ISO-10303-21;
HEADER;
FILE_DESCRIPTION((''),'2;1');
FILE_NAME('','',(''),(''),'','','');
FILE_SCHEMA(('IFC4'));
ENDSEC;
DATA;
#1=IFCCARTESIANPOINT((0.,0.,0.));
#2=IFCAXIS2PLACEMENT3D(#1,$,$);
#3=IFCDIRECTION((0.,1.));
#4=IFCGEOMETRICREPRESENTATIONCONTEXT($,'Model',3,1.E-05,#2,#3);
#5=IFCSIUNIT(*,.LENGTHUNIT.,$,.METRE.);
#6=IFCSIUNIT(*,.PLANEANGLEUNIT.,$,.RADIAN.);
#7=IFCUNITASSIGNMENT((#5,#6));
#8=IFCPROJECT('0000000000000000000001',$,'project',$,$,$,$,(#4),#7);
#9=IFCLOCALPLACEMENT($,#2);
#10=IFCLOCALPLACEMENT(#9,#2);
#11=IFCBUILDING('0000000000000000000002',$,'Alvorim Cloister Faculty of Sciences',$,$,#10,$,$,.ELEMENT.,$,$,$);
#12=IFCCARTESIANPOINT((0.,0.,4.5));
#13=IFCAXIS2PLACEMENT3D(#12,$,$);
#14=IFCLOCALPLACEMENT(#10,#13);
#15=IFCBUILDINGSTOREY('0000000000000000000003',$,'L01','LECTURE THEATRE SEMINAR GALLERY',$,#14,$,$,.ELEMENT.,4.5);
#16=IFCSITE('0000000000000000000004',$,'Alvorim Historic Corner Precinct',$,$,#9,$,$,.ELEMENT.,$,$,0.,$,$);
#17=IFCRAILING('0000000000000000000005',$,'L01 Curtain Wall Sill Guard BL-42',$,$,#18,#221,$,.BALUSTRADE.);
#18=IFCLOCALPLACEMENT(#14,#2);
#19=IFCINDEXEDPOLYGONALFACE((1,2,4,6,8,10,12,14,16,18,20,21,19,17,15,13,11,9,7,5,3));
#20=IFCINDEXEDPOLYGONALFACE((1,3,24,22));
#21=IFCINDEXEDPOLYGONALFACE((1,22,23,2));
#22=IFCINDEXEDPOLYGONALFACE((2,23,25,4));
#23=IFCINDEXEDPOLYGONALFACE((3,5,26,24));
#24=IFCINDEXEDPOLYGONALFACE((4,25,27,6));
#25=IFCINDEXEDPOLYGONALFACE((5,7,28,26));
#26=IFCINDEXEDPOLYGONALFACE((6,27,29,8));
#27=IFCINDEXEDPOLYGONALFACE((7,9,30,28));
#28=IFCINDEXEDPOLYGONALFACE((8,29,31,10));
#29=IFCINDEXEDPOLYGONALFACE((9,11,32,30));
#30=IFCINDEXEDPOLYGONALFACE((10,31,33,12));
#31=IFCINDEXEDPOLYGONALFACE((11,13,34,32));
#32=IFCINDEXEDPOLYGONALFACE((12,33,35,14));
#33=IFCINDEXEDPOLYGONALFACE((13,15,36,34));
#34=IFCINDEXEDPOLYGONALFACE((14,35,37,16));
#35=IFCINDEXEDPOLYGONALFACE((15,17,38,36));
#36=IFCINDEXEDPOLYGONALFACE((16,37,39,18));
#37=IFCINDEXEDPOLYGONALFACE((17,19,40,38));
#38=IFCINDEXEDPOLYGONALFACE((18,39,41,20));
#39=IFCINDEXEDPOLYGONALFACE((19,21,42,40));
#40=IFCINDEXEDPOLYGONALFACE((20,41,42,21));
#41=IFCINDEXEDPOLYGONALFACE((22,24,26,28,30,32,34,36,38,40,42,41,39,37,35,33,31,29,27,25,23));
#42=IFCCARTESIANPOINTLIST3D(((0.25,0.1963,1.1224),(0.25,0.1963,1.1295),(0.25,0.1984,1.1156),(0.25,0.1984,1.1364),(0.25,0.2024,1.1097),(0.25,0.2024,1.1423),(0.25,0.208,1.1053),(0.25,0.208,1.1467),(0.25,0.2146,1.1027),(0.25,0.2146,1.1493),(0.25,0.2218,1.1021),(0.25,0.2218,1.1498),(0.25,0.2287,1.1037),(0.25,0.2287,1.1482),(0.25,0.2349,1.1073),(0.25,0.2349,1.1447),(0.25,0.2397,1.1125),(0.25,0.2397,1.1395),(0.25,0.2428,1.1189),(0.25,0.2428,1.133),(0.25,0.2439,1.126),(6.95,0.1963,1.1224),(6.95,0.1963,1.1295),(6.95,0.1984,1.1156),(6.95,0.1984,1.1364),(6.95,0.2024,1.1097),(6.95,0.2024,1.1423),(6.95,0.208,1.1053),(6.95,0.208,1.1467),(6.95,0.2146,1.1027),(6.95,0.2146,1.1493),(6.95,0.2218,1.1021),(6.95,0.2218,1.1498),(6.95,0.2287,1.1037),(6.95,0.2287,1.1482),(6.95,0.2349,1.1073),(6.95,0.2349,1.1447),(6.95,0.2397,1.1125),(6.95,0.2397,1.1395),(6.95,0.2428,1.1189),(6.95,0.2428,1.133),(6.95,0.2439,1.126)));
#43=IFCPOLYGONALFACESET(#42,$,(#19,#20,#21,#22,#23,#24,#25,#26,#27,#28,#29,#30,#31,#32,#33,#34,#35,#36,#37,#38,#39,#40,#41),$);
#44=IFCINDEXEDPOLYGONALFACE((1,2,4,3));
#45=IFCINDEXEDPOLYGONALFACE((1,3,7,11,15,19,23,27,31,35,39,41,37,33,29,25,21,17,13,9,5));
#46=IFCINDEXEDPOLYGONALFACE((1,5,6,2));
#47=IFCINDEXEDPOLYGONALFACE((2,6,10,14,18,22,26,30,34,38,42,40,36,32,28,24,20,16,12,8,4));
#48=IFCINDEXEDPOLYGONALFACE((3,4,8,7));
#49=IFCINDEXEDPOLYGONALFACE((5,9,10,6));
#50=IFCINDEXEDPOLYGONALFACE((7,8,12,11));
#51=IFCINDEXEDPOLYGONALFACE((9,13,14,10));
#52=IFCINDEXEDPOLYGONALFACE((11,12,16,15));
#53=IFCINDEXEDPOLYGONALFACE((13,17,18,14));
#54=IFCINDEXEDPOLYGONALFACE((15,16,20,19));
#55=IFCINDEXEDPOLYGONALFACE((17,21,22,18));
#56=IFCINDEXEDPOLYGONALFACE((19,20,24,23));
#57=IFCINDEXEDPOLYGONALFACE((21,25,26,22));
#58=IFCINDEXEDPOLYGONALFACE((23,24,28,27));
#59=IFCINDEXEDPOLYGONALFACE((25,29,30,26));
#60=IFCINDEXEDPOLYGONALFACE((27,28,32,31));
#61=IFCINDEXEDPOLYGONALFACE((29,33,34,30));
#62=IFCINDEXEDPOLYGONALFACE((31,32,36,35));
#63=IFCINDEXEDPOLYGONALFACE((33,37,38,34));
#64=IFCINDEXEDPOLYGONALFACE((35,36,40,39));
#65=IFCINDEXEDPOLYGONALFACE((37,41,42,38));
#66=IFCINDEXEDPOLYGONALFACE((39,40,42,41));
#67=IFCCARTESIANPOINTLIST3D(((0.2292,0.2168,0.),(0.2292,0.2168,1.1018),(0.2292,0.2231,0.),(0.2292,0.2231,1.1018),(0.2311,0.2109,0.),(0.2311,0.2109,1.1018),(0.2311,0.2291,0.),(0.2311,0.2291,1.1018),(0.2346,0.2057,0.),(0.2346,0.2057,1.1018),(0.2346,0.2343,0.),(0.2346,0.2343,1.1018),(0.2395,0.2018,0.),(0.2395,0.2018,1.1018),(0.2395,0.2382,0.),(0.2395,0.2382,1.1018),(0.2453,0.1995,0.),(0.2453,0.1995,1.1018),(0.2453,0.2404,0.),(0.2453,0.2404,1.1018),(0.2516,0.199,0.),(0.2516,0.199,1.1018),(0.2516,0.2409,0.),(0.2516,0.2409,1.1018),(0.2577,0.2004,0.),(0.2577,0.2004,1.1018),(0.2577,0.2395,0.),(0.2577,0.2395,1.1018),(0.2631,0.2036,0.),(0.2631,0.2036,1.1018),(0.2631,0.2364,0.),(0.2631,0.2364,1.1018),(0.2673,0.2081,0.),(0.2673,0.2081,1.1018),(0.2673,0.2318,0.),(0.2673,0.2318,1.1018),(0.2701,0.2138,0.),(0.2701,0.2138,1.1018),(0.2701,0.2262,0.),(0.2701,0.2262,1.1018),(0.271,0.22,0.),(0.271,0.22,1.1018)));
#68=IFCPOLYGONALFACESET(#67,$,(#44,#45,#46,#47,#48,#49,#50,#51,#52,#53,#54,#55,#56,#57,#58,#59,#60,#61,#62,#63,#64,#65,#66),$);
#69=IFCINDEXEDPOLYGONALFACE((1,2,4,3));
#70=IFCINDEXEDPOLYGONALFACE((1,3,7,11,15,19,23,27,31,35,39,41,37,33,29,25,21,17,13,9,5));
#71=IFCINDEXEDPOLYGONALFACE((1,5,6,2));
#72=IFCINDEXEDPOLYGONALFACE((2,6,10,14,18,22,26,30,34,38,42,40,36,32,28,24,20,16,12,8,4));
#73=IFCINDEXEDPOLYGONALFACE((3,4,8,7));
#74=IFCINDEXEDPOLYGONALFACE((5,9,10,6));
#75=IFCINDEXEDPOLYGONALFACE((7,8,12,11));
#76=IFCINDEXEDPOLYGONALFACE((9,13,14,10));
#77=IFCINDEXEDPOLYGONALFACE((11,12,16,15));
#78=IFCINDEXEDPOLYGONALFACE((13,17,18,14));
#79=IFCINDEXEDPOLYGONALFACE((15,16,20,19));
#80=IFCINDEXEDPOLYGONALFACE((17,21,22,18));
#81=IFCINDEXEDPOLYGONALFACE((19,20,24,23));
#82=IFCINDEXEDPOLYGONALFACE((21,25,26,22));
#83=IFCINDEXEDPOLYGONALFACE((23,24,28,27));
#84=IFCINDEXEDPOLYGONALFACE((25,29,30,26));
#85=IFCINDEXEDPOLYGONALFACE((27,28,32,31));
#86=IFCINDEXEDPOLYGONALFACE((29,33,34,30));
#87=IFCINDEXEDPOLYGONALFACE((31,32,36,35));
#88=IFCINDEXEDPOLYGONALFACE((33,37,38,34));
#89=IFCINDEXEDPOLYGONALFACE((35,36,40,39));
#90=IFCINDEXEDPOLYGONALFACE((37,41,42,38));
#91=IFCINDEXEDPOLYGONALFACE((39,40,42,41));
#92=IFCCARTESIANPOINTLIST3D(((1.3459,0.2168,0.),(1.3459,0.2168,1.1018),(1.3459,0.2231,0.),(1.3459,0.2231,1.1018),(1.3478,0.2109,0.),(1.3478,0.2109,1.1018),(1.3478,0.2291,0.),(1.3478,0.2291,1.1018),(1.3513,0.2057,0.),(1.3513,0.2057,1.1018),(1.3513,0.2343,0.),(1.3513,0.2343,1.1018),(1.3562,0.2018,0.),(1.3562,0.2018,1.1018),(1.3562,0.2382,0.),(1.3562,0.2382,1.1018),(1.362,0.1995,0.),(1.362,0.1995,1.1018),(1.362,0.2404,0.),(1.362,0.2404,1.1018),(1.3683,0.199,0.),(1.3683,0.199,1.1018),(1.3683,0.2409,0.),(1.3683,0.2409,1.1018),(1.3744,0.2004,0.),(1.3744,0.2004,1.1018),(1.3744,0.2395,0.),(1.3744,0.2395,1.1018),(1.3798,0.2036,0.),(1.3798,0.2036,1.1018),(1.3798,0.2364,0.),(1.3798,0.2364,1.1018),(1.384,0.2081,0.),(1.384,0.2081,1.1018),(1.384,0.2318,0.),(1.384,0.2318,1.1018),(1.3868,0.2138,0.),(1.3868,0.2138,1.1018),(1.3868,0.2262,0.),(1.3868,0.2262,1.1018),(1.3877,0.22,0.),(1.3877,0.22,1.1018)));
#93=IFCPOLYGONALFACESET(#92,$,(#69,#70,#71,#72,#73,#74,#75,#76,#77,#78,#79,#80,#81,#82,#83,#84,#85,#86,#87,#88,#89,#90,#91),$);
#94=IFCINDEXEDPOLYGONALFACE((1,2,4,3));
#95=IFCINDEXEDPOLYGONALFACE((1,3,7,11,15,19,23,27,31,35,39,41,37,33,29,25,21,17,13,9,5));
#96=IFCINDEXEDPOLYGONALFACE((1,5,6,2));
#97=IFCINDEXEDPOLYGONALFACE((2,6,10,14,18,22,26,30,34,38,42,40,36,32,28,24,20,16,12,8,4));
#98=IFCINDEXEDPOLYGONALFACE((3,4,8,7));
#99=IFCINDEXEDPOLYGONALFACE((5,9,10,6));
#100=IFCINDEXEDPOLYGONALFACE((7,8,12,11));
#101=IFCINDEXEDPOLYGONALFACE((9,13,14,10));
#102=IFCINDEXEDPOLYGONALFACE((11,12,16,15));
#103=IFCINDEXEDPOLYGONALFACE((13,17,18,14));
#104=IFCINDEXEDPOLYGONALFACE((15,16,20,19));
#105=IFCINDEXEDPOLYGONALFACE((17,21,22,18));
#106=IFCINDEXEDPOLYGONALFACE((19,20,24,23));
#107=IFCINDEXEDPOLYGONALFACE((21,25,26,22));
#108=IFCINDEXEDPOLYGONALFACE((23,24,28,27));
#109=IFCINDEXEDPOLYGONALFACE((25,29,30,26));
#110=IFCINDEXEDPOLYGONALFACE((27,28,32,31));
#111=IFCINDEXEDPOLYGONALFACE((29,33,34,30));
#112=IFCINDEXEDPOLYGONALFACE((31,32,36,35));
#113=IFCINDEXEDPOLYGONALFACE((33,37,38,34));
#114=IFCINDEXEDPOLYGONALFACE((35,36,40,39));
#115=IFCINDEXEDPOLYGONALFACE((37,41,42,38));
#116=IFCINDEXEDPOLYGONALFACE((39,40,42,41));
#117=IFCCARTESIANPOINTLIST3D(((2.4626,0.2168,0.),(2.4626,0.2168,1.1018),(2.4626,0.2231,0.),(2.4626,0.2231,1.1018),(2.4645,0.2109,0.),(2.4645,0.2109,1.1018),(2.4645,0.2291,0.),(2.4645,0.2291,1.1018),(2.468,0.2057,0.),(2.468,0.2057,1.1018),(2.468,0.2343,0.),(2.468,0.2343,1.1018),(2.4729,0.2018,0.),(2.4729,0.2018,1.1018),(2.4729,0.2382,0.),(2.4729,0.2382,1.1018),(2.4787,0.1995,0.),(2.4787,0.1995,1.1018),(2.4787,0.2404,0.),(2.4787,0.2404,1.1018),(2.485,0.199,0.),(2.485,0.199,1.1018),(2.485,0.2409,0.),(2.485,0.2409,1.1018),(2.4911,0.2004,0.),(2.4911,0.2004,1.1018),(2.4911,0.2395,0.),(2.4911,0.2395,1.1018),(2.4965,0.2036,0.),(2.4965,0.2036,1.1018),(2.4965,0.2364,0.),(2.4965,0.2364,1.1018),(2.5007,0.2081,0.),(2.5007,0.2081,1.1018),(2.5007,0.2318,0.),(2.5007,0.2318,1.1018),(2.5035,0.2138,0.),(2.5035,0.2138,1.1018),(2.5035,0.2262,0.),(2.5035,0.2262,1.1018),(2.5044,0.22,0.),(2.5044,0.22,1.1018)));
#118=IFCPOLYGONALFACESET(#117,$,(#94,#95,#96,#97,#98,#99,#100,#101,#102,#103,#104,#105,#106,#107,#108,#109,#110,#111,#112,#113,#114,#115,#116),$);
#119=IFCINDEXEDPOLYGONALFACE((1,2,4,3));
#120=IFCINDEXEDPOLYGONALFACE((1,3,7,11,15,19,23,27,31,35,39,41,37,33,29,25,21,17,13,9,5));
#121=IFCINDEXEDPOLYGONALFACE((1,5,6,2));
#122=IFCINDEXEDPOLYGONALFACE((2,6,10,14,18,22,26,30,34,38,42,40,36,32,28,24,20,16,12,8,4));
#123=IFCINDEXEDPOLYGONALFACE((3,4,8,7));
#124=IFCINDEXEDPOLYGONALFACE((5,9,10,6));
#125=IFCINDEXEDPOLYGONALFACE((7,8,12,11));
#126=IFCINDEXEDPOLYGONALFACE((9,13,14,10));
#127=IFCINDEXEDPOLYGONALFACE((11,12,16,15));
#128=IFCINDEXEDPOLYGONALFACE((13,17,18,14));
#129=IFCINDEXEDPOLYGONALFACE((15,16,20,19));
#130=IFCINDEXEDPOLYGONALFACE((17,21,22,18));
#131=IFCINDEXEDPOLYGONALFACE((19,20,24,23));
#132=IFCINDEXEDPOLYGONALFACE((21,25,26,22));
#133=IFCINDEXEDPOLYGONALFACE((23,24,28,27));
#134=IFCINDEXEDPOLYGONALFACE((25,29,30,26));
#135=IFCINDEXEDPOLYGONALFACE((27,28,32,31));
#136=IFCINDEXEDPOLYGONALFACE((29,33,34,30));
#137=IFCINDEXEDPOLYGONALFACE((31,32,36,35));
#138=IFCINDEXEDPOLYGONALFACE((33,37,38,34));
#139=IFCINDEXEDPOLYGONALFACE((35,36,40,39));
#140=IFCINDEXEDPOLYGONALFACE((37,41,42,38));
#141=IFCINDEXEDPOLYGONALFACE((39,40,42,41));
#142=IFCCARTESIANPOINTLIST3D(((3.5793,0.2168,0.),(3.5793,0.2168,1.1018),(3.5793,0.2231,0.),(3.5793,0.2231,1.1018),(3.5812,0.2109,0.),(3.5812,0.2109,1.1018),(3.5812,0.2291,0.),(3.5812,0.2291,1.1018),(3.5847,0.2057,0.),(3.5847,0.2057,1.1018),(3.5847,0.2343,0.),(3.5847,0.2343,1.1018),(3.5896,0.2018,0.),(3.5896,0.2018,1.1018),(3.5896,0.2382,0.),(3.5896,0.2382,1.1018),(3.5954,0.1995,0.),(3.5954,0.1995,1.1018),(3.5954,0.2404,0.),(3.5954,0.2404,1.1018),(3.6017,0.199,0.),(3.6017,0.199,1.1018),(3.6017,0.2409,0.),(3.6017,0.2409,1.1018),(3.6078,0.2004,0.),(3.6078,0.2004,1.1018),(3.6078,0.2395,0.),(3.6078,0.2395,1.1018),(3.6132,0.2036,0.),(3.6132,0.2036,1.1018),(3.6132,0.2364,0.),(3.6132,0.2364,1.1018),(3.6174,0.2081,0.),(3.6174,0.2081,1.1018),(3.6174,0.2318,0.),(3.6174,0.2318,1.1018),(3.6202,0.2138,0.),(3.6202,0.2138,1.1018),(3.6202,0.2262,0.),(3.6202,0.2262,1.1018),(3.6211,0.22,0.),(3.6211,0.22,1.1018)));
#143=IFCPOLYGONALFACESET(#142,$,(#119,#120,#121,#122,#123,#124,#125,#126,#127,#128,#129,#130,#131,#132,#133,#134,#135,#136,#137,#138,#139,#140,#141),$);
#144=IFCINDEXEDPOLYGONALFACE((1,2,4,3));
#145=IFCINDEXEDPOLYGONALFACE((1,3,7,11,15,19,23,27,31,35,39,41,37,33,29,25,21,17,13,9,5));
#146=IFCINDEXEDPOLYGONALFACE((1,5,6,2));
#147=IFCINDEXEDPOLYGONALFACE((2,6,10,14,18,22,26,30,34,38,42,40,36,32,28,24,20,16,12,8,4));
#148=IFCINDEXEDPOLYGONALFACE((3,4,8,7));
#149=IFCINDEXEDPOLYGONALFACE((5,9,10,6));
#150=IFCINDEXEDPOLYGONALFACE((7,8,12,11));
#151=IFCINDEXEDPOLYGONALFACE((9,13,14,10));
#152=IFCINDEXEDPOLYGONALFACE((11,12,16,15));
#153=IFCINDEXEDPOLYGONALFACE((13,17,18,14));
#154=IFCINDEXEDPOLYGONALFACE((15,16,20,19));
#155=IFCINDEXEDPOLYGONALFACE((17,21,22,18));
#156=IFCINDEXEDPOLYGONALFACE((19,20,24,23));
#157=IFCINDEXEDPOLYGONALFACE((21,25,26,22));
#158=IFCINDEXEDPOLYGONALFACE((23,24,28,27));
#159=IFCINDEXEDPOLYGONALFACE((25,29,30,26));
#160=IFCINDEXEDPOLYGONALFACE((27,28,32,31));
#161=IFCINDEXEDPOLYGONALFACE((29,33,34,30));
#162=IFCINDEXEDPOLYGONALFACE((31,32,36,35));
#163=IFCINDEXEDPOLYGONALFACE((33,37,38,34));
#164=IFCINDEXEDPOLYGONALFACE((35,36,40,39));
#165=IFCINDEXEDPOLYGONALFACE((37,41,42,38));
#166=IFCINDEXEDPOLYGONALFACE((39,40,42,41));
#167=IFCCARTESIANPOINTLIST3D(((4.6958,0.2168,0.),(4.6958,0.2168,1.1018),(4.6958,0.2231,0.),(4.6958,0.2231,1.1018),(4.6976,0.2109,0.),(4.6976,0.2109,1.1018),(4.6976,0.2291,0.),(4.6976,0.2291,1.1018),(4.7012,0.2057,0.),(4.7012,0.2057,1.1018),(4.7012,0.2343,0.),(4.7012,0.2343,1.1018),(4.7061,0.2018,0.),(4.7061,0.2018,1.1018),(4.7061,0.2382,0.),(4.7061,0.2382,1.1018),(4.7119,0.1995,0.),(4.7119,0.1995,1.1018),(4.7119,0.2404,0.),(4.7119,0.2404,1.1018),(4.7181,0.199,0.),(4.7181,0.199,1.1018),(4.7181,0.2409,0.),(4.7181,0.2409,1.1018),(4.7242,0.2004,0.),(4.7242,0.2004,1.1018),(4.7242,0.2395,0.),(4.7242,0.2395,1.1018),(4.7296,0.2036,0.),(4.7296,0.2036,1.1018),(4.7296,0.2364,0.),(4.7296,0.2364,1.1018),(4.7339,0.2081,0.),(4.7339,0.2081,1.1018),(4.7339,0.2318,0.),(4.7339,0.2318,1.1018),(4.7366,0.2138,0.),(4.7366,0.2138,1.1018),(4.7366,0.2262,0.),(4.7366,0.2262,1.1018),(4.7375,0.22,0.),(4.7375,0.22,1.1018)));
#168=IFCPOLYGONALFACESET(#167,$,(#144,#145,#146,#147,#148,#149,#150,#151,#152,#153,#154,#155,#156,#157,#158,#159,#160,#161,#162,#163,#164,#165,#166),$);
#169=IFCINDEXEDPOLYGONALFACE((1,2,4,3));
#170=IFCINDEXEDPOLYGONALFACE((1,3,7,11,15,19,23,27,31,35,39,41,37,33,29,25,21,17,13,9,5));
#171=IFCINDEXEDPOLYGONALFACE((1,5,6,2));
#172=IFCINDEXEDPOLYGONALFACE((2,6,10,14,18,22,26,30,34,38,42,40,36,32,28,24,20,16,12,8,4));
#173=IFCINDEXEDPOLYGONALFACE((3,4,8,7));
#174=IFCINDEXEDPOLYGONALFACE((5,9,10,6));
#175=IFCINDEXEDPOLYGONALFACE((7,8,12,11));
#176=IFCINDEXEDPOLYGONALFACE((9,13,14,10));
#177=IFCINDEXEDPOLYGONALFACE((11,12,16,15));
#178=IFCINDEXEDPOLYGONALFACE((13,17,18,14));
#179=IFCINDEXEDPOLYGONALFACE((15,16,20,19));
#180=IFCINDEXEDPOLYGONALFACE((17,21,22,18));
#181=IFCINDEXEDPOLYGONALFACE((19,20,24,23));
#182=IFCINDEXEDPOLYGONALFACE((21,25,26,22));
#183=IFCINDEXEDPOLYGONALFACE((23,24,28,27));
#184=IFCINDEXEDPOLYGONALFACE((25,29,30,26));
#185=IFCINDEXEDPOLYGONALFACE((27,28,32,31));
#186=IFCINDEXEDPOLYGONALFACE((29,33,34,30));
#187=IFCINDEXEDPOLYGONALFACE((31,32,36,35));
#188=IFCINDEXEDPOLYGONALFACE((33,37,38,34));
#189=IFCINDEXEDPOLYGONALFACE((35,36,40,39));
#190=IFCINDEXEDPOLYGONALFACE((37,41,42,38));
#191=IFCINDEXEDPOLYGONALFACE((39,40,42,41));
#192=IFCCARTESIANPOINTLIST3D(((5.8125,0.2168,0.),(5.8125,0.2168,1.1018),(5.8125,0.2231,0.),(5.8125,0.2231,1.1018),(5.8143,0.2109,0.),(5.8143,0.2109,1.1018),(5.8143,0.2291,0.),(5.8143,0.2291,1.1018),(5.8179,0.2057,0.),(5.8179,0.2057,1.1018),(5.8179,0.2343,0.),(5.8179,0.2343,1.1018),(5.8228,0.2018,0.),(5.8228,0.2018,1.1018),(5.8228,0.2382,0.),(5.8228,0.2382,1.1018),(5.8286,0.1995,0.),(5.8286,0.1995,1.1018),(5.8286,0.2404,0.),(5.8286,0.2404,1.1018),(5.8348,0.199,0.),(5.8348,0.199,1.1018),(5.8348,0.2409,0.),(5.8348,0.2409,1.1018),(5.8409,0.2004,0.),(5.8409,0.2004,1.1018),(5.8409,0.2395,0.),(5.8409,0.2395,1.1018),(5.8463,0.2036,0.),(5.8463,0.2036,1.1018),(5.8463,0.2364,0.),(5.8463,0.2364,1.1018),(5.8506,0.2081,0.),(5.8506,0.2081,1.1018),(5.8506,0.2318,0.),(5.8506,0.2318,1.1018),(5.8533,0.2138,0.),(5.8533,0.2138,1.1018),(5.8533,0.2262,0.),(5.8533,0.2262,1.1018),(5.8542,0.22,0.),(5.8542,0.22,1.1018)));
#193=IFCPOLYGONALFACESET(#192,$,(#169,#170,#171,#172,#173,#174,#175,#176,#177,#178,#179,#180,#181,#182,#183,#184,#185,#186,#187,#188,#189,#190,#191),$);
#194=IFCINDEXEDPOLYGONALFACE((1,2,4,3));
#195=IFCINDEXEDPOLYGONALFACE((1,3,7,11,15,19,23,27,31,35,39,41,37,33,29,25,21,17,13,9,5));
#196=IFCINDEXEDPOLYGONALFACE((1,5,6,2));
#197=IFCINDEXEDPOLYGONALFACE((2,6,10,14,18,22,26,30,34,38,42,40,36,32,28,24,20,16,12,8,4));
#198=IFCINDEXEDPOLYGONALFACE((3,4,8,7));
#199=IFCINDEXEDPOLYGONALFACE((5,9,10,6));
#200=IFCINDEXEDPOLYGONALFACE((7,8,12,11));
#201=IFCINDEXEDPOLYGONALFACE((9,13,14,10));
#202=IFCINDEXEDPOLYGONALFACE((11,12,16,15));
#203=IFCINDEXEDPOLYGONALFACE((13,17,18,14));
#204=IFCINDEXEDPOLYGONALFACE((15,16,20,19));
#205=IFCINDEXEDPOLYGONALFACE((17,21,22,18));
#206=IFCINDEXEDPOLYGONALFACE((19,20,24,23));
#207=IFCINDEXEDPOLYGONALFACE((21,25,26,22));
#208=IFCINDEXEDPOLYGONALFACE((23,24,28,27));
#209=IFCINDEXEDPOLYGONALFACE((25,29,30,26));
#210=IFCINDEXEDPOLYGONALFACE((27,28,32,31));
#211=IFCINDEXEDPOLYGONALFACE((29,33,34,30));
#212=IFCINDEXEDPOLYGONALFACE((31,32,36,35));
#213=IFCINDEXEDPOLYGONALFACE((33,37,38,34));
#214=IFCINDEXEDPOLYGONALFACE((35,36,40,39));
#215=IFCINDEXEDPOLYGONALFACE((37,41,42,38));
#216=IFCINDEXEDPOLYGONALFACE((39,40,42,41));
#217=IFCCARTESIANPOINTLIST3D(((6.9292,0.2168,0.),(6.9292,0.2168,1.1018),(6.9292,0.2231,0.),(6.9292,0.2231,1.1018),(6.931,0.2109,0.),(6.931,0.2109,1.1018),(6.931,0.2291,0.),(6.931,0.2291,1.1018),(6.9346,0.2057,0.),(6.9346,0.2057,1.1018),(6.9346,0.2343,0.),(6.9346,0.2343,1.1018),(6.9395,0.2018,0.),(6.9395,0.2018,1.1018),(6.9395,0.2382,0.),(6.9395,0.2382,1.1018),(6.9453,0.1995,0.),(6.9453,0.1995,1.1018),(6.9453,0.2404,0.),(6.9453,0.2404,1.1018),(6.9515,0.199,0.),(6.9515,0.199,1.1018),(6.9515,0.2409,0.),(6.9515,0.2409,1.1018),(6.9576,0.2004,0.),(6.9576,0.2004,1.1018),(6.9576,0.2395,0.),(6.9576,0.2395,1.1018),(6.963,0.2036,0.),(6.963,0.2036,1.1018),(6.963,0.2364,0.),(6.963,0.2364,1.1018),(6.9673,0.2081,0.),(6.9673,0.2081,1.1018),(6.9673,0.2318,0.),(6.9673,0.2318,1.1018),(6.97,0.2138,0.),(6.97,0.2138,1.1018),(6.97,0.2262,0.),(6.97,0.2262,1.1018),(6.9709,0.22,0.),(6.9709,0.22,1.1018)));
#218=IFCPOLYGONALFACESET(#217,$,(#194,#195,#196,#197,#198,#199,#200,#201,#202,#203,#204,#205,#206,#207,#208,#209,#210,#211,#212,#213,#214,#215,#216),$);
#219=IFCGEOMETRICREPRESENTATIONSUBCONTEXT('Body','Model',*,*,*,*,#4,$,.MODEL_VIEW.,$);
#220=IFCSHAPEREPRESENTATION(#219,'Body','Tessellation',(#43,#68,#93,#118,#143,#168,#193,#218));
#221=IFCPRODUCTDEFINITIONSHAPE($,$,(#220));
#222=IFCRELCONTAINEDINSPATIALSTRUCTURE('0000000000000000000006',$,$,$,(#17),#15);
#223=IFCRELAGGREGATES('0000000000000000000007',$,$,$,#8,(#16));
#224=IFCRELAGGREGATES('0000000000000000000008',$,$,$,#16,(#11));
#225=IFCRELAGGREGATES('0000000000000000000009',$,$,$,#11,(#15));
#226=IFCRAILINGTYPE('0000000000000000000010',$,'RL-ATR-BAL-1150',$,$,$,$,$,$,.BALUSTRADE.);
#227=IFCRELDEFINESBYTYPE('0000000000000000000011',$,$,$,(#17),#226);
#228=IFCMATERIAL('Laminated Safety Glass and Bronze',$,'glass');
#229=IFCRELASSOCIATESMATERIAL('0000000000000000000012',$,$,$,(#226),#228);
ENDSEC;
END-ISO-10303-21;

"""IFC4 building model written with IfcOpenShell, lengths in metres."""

from ifc_helpers import new_model, si_unit, direction, frame, origin, origin_2d, place, context, subcontext, project, spatial, circle, extrude, material, type_object, element, save


model = new_model("IFC4")

# Units and contexts
model_context = context("Model", 3, precision=1e-05, world=origin(), true_north=direction((0.0, 1.0)))
body_context = subcontext(model_context, "Body", "Model", "MODEL_VIEW")
ifc_project = project(units=[si_unit("LENGTHUNIT", "METRE"), si_unit("PLANEANGLEUNIT", "RADIAN")], contexts=[model_context])

# Site, building, storey
site_placement = place(None, origin())
site = spatial("IfcSite", under=ifc_project, at=site_placement, Name="Alvorim Historic Corner Precinct", CompositionType="ELEMENT", RefElevation=0.0)
building_placement = place(site_placement, origin())
building = spatial("IfcBuilding", under=site, at=building_placement, Name="Alvorim Cloister Faculty of Sciences", CompositionType="ELEMENT")
storey_placement = place(building_placement, frame((0.0, 0.0, 4.5)))
storey = spatial("IfcBuildingStorey", under=building, at=storey_placement, Name="L01", Description="LECTURE THEATRE SEMINAR GALLERY", CompositionType="ELEMENT", Elevation=4.5)

# Railing
ifc_material_1 = material(Name="Laminated Safety Glass and Bronze", Category="glass")
railing_type = type_object("IfcRailingType", Name="RL-ATR-BAL-1150", PredefinedType="BALUSTRADE", material=ifc_material_1)
railing_1_placement = place(storey_placement, frame((0.25, 0.22, 0.0)))
element("IfcRailing", 1, at=railing_1_placement, inside=storey, type_object=railing_type, Name="L01 Curtain Wall Sill Guard BL-42", PredefinedType="BALUSTRADE", context=body_context, shape_type="SweptSolid", body=[
    extrude(circle(Radius=0.0239, at=origin_2d()), frame((0.0, 0.0, 1.126), z_axis=(1.0, 0.0, 0.0), x_axis=(0.0, 1.0, 0.0)), (0.0, 0.0, 1.0), 6.7),
    extrude(circle(Radius=0.021, at=origin_2d()), origin(), (0.0, 0.0, 1.0), 1.1018),
    extrude(circle(Radius=0.021, at=origin_2d()), frame((1.1167, 0.0, 0.0)), (0.0, 0.0, 1.0), 1.1018),
    extrude(circle(Radius=0.021, at=origin_2d()), frame((2.2334, 0.0, 0.0)), (0.0, 0.0, 1.0), 1.1018),
    extrude(circle(Radius=0.021, at=origin_2d()), frame((3.3501, 0.0, 0.0)), (0.0, 0.0, 1.0), 1.1018),
    extrude(circle(Radius=0.021, at=origin_2d()), frame((4.4666, 0.0, 0.0)), (0.0, 0.0, 1.0), 1.1018),
    extrude(circle(Radius=0.021, at=origin_2d()), frame((5.5833, 0.0, 0.0)), (0.0, 0.0, 1.0), 1.1018),
    extrude(circle(Radius=0.021, at=origin_2d()), frame((6.7, 0.0, 0.0)), (0.0, 0.0, 1.0), 1.1018),
])

save(model, "model.ifc")
